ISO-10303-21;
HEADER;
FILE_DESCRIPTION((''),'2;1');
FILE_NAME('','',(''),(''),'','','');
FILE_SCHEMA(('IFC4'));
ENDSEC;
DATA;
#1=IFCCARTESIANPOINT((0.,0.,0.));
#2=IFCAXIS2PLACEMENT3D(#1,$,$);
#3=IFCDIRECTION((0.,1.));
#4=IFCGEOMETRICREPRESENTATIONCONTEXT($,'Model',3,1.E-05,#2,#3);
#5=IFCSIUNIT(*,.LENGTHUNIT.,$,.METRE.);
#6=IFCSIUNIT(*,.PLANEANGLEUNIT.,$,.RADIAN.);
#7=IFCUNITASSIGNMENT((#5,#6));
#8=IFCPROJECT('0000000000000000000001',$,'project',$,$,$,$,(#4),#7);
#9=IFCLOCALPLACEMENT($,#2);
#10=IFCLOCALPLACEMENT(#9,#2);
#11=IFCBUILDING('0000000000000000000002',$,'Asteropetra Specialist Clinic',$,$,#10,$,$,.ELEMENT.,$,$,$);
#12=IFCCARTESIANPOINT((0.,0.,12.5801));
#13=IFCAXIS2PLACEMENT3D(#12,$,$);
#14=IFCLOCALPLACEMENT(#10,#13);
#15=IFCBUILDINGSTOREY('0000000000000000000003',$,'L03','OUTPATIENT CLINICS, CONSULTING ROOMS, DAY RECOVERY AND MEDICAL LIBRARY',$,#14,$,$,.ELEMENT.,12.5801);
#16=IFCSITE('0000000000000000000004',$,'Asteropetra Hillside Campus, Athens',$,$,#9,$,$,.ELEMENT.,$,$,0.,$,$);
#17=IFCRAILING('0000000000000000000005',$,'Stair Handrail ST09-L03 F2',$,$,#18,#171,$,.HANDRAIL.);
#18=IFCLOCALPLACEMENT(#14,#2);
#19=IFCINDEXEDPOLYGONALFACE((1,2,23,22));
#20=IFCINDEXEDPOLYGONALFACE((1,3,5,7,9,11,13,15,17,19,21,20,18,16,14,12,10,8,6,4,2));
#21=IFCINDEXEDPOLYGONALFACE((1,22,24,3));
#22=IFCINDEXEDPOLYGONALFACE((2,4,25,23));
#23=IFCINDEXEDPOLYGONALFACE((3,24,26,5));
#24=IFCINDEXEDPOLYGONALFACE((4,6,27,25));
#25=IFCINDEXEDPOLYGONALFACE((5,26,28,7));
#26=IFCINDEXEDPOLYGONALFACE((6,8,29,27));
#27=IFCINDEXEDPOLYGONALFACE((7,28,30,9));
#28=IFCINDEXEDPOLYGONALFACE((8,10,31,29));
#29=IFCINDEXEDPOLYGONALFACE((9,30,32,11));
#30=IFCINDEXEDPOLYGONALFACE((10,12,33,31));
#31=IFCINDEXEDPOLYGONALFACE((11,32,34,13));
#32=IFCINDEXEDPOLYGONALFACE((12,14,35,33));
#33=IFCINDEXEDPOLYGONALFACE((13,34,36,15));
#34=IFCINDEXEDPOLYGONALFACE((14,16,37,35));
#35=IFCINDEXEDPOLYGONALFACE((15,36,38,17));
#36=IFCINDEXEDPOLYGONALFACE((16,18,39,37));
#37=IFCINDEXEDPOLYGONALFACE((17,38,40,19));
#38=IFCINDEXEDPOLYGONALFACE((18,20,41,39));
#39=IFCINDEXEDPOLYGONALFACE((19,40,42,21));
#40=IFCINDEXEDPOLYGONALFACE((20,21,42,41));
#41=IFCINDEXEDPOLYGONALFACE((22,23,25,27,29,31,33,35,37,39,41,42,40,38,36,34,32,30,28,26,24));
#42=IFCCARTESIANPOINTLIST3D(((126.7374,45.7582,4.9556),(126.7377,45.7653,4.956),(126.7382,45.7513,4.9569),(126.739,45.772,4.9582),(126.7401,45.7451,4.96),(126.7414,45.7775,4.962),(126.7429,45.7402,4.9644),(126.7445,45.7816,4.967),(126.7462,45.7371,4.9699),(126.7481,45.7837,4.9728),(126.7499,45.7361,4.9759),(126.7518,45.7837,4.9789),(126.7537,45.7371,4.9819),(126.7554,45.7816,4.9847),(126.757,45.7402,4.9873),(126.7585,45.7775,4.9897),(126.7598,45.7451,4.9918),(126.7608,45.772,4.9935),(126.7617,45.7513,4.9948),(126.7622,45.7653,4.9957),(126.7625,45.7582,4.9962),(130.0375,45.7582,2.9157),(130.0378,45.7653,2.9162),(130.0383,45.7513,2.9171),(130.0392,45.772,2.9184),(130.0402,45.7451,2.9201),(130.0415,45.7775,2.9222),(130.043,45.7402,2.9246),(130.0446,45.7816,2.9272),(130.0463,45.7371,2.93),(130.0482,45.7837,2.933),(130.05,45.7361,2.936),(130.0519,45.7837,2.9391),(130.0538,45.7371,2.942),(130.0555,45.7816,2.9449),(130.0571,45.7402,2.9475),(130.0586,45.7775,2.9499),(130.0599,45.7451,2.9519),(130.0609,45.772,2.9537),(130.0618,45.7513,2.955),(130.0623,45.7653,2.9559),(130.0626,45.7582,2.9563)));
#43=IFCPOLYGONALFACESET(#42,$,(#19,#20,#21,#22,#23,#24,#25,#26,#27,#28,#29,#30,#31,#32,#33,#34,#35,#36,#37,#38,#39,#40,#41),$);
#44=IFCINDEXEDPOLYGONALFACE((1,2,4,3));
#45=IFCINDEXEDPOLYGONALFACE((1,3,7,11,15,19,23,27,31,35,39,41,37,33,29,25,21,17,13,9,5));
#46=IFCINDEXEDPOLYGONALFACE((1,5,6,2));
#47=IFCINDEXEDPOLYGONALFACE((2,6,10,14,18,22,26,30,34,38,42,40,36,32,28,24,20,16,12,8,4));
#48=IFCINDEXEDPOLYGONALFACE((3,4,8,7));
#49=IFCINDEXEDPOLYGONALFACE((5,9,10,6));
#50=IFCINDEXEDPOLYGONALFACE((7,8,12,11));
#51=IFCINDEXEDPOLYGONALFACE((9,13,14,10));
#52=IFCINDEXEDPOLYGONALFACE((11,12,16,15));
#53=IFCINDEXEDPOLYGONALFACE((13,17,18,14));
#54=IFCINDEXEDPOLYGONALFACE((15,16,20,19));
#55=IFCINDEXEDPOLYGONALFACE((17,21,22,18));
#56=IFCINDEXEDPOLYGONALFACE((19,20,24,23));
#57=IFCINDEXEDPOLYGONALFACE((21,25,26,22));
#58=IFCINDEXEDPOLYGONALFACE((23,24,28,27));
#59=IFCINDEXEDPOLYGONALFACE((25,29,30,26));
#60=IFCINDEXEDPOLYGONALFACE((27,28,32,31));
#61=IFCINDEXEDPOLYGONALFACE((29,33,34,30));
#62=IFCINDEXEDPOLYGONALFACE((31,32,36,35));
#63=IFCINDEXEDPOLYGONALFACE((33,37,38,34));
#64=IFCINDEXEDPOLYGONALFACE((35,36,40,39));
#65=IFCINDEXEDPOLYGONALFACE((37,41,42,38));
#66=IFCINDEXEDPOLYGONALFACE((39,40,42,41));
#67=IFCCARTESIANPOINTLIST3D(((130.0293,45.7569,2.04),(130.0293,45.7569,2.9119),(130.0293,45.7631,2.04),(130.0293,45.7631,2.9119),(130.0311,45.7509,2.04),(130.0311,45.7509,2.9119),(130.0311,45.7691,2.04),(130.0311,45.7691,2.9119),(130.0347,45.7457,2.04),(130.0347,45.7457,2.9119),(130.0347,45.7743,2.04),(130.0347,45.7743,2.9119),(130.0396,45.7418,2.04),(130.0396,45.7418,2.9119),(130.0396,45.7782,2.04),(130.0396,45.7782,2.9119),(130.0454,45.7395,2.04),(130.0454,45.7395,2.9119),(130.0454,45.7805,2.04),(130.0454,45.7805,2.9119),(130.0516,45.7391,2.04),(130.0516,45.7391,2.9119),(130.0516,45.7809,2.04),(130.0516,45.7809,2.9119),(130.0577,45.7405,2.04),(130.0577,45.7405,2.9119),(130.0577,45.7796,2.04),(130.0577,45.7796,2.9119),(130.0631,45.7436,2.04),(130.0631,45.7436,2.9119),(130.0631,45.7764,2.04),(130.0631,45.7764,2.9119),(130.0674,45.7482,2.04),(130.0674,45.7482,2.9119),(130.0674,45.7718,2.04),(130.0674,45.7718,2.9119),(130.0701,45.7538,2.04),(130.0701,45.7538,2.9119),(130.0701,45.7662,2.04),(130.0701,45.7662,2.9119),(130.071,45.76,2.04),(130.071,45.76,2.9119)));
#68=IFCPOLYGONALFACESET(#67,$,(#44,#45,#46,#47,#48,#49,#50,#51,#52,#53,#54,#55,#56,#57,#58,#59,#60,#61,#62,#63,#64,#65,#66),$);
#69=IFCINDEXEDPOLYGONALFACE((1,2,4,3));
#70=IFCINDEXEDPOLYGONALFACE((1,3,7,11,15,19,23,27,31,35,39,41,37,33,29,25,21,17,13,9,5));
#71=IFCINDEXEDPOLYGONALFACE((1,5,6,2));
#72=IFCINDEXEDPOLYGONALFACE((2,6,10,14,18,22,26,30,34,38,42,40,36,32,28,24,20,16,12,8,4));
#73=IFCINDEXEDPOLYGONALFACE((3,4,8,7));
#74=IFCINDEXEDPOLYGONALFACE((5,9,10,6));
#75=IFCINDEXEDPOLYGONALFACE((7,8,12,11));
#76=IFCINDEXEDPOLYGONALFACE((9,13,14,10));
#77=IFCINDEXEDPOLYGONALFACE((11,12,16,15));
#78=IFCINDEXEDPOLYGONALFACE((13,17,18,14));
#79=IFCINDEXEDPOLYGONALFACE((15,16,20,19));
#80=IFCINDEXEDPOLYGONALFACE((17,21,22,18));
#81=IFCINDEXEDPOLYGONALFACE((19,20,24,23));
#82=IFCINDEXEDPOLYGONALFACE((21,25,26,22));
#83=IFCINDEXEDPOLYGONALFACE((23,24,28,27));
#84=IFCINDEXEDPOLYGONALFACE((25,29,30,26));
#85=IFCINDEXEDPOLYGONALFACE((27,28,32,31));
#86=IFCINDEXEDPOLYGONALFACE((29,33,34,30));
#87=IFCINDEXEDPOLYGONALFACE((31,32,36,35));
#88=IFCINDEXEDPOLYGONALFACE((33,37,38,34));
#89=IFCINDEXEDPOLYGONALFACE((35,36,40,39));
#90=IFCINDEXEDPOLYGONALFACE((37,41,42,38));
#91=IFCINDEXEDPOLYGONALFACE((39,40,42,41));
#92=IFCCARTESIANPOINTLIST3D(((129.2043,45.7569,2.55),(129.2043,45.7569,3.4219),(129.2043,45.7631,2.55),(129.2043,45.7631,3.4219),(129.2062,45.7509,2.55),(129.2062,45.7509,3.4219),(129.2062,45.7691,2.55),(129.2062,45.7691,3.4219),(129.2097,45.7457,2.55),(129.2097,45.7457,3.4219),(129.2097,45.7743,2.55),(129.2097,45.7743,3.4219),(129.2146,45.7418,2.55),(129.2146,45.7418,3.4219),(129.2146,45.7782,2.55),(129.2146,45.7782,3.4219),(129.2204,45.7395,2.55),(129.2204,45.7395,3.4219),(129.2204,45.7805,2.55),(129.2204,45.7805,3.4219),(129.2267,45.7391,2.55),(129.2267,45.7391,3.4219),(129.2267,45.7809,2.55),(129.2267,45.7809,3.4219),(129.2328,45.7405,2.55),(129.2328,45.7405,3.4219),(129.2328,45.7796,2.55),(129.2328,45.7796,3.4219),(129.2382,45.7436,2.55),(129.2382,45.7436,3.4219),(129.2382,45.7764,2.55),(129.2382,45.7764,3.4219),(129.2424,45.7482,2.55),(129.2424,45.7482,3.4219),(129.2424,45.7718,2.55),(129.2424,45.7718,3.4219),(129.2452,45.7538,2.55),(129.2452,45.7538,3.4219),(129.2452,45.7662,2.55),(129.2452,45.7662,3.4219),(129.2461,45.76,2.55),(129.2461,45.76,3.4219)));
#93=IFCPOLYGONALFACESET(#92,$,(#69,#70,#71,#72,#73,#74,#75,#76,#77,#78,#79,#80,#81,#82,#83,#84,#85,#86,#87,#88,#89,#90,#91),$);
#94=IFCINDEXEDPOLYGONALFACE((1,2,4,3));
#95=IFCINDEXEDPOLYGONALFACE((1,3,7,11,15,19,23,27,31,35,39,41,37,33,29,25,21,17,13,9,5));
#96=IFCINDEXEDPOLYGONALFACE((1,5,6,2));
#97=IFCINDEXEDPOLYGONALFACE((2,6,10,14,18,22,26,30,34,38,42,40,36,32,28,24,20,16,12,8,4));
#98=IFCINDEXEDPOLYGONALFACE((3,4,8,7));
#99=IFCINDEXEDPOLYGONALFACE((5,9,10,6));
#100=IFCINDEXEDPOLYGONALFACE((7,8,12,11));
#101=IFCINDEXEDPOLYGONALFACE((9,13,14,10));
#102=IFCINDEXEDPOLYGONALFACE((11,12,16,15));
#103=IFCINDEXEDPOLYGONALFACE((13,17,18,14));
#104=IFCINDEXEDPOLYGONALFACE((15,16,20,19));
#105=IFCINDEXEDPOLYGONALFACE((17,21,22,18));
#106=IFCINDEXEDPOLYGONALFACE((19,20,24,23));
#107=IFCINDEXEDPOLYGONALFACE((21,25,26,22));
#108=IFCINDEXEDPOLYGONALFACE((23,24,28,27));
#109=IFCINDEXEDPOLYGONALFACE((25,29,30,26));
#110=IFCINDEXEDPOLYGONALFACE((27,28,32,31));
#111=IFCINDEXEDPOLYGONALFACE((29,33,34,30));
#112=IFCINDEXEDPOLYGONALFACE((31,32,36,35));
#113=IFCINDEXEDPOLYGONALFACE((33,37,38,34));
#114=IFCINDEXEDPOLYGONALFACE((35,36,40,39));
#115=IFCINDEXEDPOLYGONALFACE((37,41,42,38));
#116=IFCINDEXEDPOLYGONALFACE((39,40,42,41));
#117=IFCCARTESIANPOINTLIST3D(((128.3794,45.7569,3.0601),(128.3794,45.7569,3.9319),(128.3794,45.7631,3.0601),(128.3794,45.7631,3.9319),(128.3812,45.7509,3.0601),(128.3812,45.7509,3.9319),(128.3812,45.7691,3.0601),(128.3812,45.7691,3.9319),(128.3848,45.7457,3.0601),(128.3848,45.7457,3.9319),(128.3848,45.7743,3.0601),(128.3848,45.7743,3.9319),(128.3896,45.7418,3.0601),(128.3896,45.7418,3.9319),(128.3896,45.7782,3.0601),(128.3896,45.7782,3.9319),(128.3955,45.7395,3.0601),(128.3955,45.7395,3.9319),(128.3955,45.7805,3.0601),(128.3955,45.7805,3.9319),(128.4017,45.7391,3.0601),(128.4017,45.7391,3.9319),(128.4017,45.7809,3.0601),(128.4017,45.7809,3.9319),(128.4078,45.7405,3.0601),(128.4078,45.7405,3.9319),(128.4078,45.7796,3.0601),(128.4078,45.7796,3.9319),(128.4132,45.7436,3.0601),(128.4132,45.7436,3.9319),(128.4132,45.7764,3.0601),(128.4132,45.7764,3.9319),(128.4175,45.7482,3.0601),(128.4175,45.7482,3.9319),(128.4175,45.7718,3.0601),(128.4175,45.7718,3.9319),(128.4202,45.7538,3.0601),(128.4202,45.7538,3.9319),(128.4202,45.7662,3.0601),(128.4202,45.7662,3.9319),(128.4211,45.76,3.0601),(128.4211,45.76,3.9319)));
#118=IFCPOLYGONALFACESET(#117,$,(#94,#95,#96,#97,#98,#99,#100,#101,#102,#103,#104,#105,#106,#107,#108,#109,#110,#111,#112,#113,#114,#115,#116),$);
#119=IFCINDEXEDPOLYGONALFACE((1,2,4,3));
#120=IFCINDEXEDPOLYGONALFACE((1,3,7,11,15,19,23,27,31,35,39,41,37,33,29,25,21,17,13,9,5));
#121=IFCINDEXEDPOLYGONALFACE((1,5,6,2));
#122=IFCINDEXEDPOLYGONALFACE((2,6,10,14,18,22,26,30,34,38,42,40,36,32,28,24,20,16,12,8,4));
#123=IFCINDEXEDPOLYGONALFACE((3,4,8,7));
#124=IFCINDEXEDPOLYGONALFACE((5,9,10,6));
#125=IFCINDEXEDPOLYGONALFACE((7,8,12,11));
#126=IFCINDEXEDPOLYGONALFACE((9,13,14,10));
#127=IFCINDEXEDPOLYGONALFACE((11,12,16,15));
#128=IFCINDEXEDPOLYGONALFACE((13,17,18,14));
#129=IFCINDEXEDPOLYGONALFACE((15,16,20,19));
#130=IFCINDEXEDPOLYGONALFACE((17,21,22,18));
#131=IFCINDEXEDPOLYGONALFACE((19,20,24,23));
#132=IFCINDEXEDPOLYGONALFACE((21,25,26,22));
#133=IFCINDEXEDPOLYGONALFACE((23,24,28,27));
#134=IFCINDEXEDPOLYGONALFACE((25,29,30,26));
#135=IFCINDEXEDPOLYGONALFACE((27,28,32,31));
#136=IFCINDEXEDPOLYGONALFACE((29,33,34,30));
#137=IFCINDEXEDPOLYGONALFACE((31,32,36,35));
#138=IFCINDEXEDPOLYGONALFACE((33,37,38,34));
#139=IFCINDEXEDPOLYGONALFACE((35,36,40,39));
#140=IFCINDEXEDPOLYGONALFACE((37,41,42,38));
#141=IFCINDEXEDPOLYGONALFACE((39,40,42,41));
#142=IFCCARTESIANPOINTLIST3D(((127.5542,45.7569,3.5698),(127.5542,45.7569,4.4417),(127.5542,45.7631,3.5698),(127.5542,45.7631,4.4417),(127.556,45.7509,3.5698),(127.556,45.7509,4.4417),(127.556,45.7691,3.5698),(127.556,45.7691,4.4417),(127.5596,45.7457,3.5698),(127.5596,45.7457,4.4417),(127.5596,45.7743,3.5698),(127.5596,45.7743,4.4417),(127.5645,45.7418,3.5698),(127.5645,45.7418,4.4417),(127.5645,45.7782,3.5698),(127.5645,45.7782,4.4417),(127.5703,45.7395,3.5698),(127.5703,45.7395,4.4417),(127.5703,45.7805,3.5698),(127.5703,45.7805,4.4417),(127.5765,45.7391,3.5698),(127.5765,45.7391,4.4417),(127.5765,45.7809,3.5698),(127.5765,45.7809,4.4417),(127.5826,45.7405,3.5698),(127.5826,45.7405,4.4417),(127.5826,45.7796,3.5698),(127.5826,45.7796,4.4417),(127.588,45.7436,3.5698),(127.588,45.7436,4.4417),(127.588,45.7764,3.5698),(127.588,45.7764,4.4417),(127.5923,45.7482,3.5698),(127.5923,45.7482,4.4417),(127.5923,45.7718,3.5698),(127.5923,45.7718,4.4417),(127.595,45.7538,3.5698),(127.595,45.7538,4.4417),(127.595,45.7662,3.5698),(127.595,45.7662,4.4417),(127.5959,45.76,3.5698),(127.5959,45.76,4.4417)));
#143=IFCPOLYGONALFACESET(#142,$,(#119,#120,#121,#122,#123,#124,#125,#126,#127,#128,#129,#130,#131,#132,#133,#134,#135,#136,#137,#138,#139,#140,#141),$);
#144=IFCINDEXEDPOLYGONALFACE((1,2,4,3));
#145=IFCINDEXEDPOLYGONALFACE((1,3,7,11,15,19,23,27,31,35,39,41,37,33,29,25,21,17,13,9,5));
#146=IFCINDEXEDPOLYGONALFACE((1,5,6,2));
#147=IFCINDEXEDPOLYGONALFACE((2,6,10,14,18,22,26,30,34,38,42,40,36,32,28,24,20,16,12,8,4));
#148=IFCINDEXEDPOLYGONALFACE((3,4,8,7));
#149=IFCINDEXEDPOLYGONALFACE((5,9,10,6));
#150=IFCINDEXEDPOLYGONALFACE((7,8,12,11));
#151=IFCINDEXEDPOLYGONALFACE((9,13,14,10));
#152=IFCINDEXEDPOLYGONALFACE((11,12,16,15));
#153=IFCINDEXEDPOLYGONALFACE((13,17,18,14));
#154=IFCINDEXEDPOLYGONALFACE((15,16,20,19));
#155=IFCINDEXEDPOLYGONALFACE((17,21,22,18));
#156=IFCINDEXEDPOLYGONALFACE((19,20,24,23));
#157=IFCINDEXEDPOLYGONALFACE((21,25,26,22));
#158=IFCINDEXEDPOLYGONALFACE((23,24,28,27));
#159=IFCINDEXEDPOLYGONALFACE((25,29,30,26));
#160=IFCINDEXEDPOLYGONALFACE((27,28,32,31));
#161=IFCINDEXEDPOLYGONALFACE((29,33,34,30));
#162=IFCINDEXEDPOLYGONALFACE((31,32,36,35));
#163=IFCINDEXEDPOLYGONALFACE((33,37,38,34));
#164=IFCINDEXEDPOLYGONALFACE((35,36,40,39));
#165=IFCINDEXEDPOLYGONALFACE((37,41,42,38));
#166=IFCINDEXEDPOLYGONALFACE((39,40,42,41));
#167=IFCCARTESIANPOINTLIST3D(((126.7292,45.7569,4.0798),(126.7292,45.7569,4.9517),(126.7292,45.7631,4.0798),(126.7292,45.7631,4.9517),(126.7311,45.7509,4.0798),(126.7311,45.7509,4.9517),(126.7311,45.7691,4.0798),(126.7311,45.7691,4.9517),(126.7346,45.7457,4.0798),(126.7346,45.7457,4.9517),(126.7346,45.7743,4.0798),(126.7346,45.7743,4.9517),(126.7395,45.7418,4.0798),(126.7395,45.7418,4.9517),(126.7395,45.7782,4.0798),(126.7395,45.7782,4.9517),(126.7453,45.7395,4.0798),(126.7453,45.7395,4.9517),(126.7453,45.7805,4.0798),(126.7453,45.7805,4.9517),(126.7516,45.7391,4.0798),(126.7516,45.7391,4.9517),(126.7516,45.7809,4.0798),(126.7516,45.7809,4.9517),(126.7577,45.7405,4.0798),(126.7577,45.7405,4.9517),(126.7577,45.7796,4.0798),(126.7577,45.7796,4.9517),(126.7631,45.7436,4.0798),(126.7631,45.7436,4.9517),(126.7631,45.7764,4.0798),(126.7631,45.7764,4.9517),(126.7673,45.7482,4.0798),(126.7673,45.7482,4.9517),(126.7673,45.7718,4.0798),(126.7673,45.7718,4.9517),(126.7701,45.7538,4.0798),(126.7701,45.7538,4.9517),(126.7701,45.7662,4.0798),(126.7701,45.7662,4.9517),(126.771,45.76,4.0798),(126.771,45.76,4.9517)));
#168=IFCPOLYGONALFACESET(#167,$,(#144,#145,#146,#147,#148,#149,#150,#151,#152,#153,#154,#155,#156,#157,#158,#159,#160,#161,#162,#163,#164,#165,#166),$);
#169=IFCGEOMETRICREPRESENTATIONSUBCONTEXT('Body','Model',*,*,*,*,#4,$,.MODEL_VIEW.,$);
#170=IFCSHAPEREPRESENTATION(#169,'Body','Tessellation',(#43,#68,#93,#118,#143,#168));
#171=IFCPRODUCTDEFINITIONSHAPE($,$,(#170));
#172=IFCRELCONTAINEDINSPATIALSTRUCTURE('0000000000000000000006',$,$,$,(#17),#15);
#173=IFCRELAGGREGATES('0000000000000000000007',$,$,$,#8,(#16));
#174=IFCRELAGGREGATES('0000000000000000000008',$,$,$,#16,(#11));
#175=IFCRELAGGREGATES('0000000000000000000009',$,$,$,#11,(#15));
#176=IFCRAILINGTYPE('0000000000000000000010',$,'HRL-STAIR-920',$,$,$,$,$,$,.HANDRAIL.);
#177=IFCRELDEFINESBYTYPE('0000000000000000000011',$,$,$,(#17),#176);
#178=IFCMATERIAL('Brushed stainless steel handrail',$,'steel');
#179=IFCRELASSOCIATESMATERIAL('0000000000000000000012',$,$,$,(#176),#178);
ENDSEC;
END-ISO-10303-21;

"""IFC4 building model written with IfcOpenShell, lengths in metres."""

from ifc_helpers import new_model, si_unit, direction, frame, origin, origin_2d, place, context, subcontext, project, spatial, circle, extrude, material, type_object, element, save


model = new_model("IFC4")

# Units and contexts
model_context = context("Model", 3, precision=1e-05, world=origin(), true_north=direction((0.0, 1.0)))
body_context = subcontext(model_context, "Body", "Model", "MODEL_VIEW")
ifc_project = project(units=[si_unit("LENGTHUNIT", "METRE"), si_unit("PLANEANGLEUNIT", "RADIAN")], contexts=[model_context])

# Site, building, storey
site_placement = place(None, origin())
site = spatial("IfcSite", under=ifc_project, at=site_placement, Name="Asteropetra Hillside Campus, Athens", CompositionType="ELEMENT", RefElevation=0.0)
building_placement = place(site_placement, origin())
building = spatial("IfcBuilding", under=site, at=building_placement, Name="Asteropetra Specialist Clinic", CompositionType="ELEMENT")
storey_placement = place(building_placement, frame((0.0, 0.0, 12.5801)))
storey = spatial("IfcBuildingStorey", under=building, at=storey_placement, Name="L03", Description="OUTPATIENT CLINICS, CONSULTING ROOMS, DAY RECOVERY AND MEDICAL LIBRARY", CompositionType="ELEMENT", Elevation=12.5801)

# Railing
ifc_material_1 = material(Name="Brushed stainless steel handrail", Category="steel")
railing_type_1 = type_object("IfcRailingType", Name="HRL-STAIR-920", PredefinedType="HANDRAIL", material=ifc_material_1)
railing_1_placement = place(storey_placement, frame((130.05, 45.76, 2.04)))
element("IfcRailing", 1, at=railing_1_placement, inside=storey, type_object=railing_type_1, Name="Stair Handrail ST09-L03 F2", PredefinedType="HANDRAIL", context=body_context, shape_type="SweptSolid", body=[
    extrude(circle(Radius=0.0239, at=origin_2d()), frame((0.0, 0.0, 0.896), z_axis=(-0.850622, 0.0, 0.525778), x_axis=(0.0, -1.0, 0.0)), (0.0, 0.0, 1.0), 3.8796),
    extrude(circle(Radius=0.021, at=origin_2d()), origin(), (0.0, 0.0, 1.0), 0.8718),
    extrude(circle(Radius=0.021, at=origin_2d()), frame((-0.825, 0.0, 0.51)), (0.0, 0.0, 1.0), 0.8718),
    extrude(circle(Radius=0.021, at=origin_2d()), frame((-1.6499, 0.0, 1.02)), (0.0, 0.0, 1.0), 0.8718),
    extrude(circle(Radius=0.021, at=origin_2d()), frame((-2.4751, 0.0, 1.5298)), (0.0, 0.0, 1.0), 0.8718),
    extrude(circle(Radius=0.021, at=origin_2d()), frame((-3.3, 0.0, 2.0398)), (0.0, 0.0, 1.0), 0.8718),
])

save(model, "model.ifc")
